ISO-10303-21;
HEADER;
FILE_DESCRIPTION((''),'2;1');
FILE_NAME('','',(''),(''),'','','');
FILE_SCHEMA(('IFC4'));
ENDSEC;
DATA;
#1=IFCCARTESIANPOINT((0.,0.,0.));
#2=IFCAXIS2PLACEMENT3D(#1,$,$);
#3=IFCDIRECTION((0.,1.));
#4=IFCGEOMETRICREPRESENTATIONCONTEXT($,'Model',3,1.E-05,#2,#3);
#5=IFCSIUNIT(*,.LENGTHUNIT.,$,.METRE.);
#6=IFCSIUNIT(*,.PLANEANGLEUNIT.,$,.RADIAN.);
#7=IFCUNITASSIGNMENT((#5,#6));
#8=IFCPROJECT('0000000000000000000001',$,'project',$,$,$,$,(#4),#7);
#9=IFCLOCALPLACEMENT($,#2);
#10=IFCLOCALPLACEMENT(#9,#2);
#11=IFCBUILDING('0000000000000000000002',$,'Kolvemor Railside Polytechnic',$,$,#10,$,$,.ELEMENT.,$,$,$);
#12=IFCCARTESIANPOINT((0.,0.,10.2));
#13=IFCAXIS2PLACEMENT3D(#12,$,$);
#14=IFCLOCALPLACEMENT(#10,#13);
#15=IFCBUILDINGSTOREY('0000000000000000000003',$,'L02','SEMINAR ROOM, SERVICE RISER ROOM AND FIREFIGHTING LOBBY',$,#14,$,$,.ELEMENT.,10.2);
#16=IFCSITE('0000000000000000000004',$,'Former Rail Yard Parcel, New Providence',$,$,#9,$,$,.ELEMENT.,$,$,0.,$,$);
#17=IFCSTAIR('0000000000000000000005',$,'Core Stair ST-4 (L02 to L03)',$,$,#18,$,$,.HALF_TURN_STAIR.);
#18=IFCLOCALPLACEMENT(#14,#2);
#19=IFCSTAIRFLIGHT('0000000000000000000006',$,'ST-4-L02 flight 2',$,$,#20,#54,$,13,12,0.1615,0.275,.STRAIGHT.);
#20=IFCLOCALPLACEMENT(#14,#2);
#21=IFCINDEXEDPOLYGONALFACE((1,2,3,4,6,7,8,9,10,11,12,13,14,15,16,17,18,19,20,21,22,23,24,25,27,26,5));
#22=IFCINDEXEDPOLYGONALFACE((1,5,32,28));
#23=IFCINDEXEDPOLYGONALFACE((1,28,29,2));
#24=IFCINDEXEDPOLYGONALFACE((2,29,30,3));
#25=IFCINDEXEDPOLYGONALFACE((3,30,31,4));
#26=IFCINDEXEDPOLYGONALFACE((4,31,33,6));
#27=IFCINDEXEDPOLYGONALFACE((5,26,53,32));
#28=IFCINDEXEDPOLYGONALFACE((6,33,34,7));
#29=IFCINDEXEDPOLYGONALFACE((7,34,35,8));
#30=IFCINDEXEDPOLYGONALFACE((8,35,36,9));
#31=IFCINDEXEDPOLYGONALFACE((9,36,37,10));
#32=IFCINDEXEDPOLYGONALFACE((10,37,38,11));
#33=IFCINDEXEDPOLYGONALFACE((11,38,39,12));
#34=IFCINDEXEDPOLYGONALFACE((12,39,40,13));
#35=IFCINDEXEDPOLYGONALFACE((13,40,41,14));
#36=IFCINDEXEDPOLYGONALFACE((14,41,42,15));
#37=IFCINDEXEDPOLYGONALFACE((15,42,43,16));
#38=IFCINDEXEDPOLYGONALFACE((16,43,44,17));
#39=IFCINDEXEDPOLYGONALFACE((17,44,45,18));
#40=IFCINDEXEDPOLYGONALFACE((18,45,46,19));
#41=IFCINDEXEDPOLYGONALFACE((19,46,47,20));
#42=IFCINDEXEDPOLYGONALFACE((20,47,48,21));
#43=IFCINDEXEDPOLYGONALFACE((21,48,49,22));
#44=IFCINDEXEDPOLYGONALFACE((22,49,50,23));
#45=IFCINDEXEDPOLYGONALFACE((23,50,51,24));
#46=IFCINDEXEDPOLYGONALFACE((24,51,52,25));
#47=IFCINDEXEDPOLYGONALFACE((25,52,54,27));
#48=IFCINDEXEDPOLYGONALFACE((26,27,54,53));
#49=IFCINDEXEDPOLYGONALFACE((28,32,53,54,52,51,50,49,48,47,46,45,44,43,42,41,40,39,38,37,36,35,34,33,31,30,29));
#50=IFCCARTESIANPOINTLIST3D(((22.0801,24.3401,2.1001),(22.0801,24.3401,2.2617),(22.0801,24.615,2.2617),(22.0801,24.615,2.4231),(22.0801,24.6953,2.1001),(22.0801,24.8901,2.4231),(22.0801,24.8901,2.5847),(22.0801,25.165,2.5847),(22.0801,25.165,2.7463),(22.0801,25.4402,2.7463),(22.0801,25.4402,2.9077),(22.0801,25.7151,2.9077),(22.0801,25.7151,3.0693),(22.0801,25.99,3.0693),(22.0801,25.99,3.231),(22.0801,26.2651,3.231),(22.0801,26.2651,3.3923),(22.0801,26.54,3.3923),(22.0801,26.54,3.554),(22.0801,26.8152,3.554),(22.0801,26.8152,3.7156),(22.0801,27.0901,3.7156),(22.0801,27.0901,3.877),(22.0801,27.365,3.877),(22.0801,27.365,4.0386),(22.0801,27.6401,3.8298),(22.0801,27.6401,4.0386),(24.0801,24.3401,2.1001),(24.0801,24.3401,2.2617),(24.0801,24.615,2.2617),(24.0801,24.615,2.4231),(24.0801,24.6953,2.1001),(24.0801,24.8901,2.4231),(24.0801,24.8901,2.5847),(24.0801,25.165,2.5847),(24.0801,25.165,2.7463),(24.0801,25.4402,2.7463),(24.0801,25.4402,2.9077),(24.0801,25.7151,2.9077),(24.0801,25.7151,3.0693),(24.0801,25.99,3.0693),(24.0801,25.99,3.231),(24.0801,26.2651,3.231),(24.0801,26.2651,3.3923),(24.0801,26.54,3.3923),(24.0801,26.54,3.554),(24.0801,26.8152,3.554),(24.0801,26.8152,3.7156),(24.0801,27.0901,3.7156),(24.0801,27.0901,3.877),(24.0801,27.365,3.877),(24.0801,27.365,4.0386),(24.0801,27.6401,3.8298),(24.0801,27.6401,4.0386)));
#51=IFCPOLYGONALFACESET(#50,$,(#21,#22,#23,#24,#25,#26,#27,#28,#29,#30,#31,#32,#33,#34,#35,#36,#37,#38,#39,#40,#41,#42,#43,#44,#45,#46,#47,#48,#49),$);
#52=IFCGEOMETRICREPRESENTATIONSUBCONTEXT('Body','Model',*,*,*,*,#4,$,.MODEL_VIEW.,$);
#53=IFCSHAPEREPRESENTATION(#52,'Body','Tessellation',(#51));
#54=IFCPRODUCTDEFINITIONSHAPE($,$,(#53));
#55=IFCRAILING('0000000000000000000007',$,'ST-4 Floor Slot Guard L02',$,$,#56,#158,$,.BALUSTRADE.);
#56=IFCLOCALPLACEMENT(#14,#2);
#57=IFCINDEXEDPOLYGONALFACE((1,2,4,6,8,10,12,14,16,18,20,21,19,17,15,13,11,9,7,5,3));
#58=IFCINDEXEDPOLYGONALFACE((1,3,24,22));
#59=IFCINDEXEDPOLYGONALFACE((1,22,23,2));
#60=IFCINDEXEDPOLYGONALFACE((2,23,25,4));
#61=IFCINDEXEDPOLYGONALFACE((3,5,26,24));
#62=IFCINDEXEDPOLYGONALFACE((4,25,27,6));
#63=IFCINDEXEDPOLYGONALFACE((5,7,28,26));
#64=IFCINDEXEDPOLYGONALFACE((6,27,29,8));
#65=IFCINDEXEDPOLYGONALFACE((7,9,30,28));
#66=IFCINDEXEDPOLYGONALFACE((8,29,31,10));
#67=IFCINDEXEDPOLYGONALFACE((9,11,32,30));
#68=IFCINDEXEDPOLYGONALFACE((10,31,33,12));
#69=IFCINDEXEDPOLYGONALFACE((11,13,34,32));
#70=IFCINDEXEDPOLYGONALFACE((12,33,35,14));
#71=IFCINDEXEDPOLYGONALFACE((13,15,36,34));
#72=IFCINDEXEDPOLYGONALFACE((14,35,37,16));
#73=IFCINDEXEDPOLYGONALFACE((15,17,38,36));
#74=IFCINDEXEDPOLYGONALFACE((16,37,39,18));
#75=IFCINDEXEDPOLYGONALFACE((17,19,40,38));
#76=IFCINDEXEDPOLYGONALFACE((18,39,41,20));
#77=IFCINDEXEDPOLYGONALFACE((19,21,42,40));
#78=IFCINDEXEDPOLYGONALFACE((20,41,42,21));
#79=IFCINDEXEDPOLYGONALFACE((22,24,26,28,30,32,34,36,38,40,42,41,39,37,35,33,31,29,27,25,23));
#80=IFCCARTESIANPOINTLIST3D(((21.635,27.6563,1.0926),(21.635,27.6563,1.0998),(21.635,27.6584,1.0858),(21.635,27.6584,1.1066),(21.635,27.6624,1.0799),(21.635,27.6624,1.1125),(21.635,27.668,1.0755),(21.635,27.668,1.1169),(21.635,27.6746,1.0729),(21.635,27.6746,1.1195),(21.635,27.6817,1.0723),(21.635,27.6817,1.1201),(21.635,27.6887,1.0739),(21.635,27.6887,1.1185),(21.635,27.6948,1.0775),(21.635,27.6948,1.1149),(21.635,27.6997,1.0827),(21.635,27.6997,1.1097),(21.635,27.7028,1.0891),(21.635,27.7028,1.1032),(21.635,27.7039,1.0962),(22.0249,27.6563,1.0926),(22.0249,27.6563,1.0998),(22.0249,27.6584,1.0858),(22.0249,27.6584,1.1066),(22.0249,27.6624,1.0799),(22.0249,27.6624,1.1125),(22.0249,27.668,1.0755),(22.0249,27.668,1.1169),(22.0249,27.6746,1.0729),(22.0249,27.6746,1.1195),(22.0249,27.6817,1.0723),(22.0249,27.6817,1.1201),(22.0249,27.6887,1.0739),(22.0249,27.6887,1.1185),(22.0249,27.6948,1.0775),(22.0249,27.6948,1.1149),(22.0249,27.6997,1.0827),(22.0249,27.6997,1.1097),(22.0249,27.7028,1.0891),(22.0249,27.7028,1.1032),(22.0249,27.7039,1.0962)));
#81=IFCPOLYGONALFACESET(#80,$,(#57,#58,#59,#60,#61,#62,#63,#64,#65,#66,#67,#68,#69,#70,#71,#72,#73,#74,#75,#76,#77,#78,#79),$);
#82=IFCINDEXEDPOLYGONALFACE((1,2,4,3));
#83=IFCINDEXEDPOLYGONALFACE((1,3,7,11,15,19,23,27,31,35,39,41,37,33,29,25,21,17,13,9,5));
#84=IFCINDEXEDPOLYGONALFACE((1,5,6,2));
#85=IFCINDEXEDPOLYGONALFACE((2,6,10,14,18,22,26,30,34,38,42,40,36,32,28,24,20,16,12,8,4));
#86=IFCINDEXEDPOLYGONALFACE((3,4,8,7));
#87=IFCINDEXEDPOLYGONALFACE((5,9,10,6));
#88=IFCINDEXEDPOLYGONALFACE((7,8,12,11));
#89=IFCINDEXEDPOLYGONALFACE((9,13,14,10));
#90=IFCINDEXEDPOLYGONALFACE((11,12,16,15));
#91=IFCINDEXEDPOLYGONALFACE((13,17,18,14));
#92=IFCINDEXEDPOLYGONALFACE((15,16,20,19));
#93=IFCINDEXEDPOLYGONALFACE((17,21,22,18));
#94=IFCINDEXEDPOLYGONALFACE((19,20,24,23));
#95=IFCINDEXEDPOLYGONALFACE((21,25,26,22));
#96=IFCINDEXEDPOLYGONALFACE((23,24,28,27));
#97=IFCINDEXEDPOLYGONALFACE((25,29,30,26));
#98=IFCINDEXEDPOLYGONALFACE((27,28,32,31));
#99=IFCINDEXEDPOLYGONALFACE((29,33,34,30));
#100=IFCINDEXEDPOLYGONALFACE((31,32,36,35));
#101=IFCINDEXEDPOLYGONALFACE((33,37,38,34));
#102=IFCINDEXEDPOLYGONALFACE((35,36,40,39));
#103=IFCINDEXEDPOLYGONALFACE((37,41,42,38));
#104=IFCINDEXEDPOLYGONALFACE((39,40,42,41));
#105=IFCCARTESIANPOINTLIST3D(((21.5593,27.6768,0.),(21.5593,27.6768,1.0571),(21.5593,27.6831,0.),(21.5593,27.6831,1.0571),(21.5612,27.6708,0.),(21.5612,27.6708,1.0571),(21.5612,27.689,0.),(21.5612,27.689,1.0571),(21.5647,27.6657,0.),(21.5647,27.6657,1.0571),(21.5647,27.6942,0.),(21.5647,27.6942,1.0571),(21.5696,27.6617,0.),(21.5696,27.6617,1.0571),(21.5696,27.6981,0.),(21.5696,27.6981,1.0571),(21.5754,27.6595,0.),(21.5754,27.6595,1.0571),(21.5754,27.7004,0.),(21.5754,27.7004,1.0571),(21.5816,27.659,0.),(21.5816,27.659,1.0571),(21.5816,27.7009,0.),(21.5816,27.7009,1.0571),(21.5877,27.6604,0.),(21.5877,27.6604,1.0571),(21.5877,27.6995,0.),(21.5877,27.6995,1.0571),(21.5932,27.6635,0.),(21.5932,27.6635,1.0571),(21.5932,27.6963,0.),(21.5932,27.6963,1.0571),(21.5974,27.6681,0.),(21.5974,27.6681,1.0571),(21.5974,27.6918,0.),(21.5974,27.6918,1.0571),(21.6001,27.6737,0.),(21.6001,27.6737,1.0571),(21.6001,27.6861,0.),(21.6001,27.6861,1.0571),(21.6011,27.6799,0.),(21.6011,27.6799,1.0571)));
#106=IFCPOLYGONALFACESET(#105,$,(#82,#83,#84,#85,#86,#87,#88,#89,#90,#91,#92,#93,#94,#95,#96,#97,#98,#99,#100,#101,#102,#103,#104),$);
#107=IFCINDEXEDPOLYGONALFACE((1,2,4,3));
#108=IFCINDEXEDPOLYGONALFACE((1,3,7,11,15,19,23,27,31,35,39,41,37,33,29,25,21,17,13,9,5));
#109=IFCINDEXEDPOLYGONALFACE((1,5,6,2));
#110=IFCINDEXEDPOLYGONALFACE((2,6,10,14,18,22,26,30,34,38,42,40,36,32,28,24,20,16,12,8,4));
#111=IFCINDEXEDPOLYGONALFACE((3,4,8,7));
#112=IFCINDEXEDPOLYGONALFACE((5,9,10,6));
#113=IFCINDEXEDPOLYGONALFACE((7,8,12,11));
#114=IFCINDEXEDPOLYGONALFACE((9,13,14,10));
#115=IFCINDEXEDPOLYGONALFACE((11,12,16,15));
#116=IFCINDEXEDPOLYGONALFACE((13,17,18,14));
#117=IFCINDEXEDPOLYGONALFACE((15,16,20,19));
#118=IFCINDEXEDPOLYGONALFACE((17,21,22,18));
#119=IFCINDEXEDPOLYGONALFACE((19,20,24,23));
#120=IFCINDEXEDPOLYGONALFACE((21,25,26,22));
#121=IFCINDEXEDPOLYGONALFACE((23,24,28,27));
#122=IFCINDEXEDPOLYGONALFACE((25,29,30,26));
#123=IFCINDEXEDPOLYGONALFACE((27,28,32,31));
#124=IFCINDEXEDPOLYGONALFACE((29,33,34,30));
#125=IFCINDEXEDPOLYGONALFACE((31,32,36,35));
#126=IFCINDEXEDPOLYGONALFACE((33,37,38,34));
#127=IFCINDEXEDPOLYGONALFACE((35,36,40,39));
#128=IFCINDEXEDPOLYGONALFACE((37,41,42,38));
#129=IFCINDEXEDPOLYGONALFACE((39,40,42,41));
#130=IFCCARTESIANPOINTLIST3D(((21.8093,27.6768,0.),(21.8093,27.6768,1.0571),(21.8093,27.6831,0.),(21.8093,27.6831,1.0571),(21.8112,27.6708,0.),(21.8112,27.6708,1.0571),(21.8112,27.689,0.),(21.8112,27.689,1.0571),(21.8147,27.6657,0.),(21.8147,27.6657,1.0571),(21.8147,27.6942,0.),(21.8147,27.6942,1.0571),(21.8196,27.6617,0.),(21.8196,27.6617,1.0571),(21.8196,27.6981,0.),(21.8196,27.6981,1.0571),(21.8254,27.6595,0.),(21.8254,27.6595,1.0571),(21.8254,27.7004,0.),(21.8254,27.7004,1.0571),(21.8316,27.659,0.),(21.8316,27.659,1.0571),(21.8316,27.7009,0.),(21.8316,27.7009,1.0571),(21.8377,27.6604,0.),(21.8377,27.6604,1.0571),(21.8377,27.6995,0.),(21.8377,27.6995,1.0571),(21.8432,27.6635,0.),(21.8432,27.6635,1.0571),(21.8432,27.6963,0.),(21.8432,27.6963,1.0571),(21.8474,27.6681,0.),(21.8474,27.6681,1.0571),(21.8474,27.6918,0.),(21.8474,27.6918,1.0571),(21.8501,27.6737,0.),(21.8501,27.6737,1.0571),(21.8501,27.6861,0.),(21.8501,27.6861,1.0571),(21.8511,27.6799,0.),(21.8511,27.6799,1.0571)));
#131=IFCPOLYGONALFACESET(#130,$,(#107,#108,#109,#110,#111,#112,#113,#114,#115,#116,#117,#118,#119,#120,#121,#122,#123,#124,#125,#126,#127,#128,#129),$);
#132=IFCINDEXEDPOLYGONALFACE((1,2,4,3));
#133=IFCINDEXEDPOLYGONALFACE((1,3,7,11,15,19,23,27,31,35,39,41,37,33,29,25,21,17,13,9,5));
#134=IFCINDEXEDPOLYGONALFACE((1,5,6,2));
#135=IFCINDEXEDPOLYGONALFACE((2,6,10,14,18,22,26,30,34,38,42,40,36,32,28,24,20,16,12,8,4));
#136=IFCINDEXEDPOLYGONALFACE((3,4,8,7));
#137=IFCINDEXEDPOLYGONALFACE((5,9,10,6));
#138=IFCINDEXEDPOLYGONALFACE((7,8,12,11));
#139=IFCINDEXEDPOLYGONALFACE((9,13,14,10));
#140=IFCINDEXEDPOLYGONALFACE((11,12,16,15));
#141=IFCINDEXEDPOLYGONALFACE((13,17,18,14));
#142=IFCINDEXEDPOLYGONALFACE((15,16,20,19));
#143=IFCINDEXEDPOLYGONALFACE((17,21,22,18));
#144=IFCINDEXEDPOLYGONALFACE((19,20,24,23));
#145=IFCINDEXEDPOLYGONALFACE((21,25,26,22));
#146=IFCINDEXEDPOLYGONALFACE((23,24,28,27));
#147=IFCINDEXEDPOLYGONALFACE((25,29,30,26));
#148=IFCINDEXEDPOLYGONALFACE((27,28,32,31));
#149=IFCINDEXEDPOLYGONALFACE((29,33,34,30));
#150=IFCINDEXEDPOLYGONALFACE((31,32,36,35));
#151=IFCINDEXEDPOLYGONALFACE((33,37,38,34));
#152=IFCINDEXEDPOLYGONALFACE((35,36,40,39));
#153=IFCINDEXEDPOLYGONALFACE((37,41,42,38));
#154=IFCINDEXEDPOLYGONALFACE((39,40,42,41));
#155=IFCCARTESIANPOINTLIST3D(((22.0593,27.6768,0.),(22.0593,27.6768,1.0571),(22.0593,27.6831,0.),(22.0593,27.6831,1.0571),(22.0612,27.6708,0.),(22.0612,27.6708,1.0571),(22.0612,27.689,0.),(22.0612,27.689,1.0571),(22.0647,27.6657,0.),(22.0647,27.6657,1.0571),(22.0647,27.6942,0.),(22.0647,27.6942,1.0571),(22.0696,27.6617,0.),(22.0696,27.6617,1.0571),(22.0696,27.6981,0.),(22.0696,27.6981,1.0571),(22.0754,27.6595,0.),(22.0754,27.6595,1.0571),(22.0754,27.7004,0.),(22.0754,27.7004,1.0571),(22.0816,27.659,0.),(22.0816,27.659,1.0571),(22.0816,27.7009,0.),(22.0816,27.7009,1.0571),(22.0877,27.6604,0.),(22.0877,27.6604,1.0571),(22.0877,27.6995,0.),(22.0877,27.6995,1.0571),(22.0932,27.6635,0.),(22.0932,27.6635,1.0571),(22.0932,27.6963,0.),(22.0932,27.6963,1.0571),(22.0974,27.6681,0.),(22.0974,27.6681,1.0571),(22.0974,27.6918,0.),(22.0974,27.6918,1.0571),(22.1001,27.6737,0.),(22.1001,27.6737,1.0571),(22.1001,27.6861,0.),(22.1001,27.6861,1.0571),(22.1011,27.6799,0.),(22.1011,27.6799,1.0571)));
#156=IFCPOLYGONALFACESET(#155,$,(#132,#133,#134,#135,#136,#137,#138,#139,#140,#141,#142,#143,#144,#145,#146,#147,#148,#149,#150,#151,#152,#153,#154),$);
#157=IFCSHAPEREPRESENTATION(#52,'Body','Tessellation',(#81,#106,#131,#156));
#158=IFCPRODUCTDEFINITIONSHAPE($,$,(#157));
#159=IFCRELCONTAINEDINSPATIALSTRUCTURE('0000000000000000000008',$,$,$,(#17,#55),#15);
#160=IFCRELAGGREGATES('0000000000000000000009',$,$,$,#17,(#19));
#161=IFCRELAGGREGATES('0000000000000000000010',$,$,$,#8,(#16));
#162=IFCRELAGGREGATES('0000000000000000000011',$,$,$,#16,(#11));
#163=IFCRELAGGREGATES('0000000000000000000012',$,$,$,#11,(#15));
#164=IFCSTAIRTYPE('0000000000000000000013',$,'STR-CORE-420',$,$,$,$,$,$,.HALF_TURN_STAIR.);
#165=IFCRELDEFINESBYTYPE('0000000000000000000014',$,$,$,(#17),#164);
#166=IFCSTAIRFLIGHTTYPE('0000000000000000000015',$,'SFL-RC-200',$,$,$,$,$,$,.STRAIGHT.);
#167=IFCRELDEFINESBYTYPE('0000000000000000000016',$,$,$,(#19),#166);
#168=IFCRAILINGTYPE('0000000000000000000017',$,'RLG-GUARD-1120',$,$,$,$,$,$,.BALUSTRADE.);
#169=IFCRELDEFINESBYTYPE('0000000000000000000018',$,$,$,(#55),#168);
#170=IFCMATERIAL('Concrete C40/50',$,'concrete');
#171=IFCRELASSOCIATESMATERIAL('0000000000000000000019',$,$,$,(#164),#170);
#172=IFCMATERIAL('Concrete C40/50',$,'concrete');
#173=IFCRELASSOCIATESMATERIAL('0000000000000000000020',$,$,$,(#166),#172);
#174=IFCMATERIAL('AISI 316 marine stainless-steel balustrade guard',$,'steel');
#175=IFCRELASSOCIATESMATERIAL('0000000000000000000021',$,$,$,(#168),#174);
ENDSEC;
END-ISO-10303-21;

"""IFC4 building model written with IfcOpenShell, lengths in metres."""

from ifc_helpers import new_model, si_unit, direction, frame, origin, origin_2d, place, context, subcontext, project, spatial, polyline, circle, outline, extrude, material, type_object, element, aggregate, save


model = new_model("IFC4")

# Units and contexts
model_context = context("Model", 3, precision=1e-05, world=origin(), true_north=direction((0.0, 1.0)))
body_context = subcontext(model_context, "Body", "Model", "MODEL_VIEW")
ifc_project = project(units=[si_unit("LENGTHUNIT", "METRE"), si_unit("PLANEANGLEUNIT", "RADIAN")], contexts=[model_context])

# Site, building, storey
site_placement = place(None, origin())
site = spatial("IfcSite", under=ifc_project, at=site_placement, Name="Former Rail Yard Parcel, New Providence", CompositionType="ELEMENT", RefElevation=0.0)
building_placement = place(site_placement, origin())
building = spatial("IfcBuilding", under=site, at=building_placement, Name="Kolvemor Railside Polytechnic", CompositionType="ELEMENT")
storey_placement = place(building_placement, frame((0.0, 0.0, 10.2)))
storey = spatial("IfcBuildingStorey", under=building, at=storey_placement, Name="L02", Description="SEMINAR ROOM, SERVICE RISER ROOM AND FIREFIGHTING LOBBY", CompositionType="ELEMENT", Elevation=10.2)

# Stair, stair flight
ifc_material_1 = material(Name="Concrete C40/50", Category="concrete")
stair_type = type_object("IfcStairType", Name="STR-CORE-420", PredefinedType="HALF_TURN_STAIR", material=ifc_material_1)
stair_placement = place(storey_placement, origin())
stair = element("IfcStair", 1, at=stair_placement, inside=storey, type_object=stair_type, Name="Core Stair ST-4 (L02 to L03)", PredefinedType="HALF_TURN_STAIR")
ifc_material_2 = material(Name="Concrete C40/50", Category="concrete")
stair_flight_type = type_object("IfcStairFlightType", Name="SFL-RC-200", PredefinedType="STRAIGHT", material=ifc_material_2)
stair_flight_1_placement = place(storey_placement, frame((23.0801, 24.3401, 2.1001), z_axis=(0.0, 0.0, 1.0), x_axis=(0.0, 1.0, 0.0)))
stair_flight_1 = element("IfcStairFlight", 2, at=stair_flight_1_placement, type_object=stair_flight_type, Name="ST-4-L02 flight 2", NumberOfRisers=13, NumberOfTreads=12, PredefinedType="STRAIGHT", RiserHeight=0.1615, TreadLength=0.275, context=body_context, shape_type="SweptSolid", body=[
    extrude(outline(polyline([(0.0, 0.0), (0.0, 0.1616), (0.2749, 0.1616), (0.2749, 0.323), (0.55, 0.323), (0.55, 0.4846), (0.825, 0.4846), (0.825, 0.6462), (1.1001, 0.6462), (1.1001, 0.8076), (1.375, 0.8076), (1.375, 0.9692), (1.6499, 0.9692), (1.6499, 1.1309), (1.925, 1.1309), (1.925, 1.2922), (2.2, 1.2922), (2.2, 1.4539), (2.4751, 1.4539), (2.4751, 1.6155), (2.75, 1.6155), (2.75, 1.7769), (3.0249, 1.7769), (3.0249, 1.9385), (3.3, 1.9385), (3.3, 2.1001), (3.3, 1.7297), (0.3552, 0.0), (0.0, 0.0)])), frame((0.0, 1.0, 0.0), z_axis=(0.0, -1.0, 0.0), x_axis=(1.0, 0.0, 0.0)), (0.0, 0.0, 1.0), 2.0),
])
aggregate(stair, [stair_flight_1])

# Railing
ifc_material_3 = material(Name="AISI 316 marine stainless-steel balustrade guard", Category="steel")
railing_type_1 = type_object("IfcRailingType", Name="RLG-GUARD-1120", PredefinedType="BALUSTRADE", material=ifc_material_3)
railing_1_placement = place(storey_placement, frame((21.5801, 27.6799, 0.0)))
element("IfcRailing", 3, at=railing_1_placement, inside=storey, type_object=railing_type_1, Name="ST-4 Floor Slot Guard L02", PredefinedType="BALUSTRADE", context=body_context, shape_type="SweptSolid", body=[
    extrude(circle(Radius=0.0239, at=origin_2d()), frame((0.0549, 0.0, 1.0962), z_axis=(1.0, 0.0, 0.0), x_axis=(0.0, 1.0, 0.0)), (0.0, 0.0, 1.0), 0.3899),
    extrude(circle(Radius=0.021, at=origin_2d()), origin(), (0.0, 0.0, 1.0), 1.0571),
    extrude(circle(Radius=0.021, at=origin_2d()), frame((0.25, 0.0, 0.0)), (0.0, 0.0, 1.0), 1.0571),
    extrude(circle(Radius=0.021, at=origin_2d()), frame((0.5, 0.0, 0.0)), (0.0, 0.0, 1.0), 1.0571),
])

save(model, "model.ifc")
